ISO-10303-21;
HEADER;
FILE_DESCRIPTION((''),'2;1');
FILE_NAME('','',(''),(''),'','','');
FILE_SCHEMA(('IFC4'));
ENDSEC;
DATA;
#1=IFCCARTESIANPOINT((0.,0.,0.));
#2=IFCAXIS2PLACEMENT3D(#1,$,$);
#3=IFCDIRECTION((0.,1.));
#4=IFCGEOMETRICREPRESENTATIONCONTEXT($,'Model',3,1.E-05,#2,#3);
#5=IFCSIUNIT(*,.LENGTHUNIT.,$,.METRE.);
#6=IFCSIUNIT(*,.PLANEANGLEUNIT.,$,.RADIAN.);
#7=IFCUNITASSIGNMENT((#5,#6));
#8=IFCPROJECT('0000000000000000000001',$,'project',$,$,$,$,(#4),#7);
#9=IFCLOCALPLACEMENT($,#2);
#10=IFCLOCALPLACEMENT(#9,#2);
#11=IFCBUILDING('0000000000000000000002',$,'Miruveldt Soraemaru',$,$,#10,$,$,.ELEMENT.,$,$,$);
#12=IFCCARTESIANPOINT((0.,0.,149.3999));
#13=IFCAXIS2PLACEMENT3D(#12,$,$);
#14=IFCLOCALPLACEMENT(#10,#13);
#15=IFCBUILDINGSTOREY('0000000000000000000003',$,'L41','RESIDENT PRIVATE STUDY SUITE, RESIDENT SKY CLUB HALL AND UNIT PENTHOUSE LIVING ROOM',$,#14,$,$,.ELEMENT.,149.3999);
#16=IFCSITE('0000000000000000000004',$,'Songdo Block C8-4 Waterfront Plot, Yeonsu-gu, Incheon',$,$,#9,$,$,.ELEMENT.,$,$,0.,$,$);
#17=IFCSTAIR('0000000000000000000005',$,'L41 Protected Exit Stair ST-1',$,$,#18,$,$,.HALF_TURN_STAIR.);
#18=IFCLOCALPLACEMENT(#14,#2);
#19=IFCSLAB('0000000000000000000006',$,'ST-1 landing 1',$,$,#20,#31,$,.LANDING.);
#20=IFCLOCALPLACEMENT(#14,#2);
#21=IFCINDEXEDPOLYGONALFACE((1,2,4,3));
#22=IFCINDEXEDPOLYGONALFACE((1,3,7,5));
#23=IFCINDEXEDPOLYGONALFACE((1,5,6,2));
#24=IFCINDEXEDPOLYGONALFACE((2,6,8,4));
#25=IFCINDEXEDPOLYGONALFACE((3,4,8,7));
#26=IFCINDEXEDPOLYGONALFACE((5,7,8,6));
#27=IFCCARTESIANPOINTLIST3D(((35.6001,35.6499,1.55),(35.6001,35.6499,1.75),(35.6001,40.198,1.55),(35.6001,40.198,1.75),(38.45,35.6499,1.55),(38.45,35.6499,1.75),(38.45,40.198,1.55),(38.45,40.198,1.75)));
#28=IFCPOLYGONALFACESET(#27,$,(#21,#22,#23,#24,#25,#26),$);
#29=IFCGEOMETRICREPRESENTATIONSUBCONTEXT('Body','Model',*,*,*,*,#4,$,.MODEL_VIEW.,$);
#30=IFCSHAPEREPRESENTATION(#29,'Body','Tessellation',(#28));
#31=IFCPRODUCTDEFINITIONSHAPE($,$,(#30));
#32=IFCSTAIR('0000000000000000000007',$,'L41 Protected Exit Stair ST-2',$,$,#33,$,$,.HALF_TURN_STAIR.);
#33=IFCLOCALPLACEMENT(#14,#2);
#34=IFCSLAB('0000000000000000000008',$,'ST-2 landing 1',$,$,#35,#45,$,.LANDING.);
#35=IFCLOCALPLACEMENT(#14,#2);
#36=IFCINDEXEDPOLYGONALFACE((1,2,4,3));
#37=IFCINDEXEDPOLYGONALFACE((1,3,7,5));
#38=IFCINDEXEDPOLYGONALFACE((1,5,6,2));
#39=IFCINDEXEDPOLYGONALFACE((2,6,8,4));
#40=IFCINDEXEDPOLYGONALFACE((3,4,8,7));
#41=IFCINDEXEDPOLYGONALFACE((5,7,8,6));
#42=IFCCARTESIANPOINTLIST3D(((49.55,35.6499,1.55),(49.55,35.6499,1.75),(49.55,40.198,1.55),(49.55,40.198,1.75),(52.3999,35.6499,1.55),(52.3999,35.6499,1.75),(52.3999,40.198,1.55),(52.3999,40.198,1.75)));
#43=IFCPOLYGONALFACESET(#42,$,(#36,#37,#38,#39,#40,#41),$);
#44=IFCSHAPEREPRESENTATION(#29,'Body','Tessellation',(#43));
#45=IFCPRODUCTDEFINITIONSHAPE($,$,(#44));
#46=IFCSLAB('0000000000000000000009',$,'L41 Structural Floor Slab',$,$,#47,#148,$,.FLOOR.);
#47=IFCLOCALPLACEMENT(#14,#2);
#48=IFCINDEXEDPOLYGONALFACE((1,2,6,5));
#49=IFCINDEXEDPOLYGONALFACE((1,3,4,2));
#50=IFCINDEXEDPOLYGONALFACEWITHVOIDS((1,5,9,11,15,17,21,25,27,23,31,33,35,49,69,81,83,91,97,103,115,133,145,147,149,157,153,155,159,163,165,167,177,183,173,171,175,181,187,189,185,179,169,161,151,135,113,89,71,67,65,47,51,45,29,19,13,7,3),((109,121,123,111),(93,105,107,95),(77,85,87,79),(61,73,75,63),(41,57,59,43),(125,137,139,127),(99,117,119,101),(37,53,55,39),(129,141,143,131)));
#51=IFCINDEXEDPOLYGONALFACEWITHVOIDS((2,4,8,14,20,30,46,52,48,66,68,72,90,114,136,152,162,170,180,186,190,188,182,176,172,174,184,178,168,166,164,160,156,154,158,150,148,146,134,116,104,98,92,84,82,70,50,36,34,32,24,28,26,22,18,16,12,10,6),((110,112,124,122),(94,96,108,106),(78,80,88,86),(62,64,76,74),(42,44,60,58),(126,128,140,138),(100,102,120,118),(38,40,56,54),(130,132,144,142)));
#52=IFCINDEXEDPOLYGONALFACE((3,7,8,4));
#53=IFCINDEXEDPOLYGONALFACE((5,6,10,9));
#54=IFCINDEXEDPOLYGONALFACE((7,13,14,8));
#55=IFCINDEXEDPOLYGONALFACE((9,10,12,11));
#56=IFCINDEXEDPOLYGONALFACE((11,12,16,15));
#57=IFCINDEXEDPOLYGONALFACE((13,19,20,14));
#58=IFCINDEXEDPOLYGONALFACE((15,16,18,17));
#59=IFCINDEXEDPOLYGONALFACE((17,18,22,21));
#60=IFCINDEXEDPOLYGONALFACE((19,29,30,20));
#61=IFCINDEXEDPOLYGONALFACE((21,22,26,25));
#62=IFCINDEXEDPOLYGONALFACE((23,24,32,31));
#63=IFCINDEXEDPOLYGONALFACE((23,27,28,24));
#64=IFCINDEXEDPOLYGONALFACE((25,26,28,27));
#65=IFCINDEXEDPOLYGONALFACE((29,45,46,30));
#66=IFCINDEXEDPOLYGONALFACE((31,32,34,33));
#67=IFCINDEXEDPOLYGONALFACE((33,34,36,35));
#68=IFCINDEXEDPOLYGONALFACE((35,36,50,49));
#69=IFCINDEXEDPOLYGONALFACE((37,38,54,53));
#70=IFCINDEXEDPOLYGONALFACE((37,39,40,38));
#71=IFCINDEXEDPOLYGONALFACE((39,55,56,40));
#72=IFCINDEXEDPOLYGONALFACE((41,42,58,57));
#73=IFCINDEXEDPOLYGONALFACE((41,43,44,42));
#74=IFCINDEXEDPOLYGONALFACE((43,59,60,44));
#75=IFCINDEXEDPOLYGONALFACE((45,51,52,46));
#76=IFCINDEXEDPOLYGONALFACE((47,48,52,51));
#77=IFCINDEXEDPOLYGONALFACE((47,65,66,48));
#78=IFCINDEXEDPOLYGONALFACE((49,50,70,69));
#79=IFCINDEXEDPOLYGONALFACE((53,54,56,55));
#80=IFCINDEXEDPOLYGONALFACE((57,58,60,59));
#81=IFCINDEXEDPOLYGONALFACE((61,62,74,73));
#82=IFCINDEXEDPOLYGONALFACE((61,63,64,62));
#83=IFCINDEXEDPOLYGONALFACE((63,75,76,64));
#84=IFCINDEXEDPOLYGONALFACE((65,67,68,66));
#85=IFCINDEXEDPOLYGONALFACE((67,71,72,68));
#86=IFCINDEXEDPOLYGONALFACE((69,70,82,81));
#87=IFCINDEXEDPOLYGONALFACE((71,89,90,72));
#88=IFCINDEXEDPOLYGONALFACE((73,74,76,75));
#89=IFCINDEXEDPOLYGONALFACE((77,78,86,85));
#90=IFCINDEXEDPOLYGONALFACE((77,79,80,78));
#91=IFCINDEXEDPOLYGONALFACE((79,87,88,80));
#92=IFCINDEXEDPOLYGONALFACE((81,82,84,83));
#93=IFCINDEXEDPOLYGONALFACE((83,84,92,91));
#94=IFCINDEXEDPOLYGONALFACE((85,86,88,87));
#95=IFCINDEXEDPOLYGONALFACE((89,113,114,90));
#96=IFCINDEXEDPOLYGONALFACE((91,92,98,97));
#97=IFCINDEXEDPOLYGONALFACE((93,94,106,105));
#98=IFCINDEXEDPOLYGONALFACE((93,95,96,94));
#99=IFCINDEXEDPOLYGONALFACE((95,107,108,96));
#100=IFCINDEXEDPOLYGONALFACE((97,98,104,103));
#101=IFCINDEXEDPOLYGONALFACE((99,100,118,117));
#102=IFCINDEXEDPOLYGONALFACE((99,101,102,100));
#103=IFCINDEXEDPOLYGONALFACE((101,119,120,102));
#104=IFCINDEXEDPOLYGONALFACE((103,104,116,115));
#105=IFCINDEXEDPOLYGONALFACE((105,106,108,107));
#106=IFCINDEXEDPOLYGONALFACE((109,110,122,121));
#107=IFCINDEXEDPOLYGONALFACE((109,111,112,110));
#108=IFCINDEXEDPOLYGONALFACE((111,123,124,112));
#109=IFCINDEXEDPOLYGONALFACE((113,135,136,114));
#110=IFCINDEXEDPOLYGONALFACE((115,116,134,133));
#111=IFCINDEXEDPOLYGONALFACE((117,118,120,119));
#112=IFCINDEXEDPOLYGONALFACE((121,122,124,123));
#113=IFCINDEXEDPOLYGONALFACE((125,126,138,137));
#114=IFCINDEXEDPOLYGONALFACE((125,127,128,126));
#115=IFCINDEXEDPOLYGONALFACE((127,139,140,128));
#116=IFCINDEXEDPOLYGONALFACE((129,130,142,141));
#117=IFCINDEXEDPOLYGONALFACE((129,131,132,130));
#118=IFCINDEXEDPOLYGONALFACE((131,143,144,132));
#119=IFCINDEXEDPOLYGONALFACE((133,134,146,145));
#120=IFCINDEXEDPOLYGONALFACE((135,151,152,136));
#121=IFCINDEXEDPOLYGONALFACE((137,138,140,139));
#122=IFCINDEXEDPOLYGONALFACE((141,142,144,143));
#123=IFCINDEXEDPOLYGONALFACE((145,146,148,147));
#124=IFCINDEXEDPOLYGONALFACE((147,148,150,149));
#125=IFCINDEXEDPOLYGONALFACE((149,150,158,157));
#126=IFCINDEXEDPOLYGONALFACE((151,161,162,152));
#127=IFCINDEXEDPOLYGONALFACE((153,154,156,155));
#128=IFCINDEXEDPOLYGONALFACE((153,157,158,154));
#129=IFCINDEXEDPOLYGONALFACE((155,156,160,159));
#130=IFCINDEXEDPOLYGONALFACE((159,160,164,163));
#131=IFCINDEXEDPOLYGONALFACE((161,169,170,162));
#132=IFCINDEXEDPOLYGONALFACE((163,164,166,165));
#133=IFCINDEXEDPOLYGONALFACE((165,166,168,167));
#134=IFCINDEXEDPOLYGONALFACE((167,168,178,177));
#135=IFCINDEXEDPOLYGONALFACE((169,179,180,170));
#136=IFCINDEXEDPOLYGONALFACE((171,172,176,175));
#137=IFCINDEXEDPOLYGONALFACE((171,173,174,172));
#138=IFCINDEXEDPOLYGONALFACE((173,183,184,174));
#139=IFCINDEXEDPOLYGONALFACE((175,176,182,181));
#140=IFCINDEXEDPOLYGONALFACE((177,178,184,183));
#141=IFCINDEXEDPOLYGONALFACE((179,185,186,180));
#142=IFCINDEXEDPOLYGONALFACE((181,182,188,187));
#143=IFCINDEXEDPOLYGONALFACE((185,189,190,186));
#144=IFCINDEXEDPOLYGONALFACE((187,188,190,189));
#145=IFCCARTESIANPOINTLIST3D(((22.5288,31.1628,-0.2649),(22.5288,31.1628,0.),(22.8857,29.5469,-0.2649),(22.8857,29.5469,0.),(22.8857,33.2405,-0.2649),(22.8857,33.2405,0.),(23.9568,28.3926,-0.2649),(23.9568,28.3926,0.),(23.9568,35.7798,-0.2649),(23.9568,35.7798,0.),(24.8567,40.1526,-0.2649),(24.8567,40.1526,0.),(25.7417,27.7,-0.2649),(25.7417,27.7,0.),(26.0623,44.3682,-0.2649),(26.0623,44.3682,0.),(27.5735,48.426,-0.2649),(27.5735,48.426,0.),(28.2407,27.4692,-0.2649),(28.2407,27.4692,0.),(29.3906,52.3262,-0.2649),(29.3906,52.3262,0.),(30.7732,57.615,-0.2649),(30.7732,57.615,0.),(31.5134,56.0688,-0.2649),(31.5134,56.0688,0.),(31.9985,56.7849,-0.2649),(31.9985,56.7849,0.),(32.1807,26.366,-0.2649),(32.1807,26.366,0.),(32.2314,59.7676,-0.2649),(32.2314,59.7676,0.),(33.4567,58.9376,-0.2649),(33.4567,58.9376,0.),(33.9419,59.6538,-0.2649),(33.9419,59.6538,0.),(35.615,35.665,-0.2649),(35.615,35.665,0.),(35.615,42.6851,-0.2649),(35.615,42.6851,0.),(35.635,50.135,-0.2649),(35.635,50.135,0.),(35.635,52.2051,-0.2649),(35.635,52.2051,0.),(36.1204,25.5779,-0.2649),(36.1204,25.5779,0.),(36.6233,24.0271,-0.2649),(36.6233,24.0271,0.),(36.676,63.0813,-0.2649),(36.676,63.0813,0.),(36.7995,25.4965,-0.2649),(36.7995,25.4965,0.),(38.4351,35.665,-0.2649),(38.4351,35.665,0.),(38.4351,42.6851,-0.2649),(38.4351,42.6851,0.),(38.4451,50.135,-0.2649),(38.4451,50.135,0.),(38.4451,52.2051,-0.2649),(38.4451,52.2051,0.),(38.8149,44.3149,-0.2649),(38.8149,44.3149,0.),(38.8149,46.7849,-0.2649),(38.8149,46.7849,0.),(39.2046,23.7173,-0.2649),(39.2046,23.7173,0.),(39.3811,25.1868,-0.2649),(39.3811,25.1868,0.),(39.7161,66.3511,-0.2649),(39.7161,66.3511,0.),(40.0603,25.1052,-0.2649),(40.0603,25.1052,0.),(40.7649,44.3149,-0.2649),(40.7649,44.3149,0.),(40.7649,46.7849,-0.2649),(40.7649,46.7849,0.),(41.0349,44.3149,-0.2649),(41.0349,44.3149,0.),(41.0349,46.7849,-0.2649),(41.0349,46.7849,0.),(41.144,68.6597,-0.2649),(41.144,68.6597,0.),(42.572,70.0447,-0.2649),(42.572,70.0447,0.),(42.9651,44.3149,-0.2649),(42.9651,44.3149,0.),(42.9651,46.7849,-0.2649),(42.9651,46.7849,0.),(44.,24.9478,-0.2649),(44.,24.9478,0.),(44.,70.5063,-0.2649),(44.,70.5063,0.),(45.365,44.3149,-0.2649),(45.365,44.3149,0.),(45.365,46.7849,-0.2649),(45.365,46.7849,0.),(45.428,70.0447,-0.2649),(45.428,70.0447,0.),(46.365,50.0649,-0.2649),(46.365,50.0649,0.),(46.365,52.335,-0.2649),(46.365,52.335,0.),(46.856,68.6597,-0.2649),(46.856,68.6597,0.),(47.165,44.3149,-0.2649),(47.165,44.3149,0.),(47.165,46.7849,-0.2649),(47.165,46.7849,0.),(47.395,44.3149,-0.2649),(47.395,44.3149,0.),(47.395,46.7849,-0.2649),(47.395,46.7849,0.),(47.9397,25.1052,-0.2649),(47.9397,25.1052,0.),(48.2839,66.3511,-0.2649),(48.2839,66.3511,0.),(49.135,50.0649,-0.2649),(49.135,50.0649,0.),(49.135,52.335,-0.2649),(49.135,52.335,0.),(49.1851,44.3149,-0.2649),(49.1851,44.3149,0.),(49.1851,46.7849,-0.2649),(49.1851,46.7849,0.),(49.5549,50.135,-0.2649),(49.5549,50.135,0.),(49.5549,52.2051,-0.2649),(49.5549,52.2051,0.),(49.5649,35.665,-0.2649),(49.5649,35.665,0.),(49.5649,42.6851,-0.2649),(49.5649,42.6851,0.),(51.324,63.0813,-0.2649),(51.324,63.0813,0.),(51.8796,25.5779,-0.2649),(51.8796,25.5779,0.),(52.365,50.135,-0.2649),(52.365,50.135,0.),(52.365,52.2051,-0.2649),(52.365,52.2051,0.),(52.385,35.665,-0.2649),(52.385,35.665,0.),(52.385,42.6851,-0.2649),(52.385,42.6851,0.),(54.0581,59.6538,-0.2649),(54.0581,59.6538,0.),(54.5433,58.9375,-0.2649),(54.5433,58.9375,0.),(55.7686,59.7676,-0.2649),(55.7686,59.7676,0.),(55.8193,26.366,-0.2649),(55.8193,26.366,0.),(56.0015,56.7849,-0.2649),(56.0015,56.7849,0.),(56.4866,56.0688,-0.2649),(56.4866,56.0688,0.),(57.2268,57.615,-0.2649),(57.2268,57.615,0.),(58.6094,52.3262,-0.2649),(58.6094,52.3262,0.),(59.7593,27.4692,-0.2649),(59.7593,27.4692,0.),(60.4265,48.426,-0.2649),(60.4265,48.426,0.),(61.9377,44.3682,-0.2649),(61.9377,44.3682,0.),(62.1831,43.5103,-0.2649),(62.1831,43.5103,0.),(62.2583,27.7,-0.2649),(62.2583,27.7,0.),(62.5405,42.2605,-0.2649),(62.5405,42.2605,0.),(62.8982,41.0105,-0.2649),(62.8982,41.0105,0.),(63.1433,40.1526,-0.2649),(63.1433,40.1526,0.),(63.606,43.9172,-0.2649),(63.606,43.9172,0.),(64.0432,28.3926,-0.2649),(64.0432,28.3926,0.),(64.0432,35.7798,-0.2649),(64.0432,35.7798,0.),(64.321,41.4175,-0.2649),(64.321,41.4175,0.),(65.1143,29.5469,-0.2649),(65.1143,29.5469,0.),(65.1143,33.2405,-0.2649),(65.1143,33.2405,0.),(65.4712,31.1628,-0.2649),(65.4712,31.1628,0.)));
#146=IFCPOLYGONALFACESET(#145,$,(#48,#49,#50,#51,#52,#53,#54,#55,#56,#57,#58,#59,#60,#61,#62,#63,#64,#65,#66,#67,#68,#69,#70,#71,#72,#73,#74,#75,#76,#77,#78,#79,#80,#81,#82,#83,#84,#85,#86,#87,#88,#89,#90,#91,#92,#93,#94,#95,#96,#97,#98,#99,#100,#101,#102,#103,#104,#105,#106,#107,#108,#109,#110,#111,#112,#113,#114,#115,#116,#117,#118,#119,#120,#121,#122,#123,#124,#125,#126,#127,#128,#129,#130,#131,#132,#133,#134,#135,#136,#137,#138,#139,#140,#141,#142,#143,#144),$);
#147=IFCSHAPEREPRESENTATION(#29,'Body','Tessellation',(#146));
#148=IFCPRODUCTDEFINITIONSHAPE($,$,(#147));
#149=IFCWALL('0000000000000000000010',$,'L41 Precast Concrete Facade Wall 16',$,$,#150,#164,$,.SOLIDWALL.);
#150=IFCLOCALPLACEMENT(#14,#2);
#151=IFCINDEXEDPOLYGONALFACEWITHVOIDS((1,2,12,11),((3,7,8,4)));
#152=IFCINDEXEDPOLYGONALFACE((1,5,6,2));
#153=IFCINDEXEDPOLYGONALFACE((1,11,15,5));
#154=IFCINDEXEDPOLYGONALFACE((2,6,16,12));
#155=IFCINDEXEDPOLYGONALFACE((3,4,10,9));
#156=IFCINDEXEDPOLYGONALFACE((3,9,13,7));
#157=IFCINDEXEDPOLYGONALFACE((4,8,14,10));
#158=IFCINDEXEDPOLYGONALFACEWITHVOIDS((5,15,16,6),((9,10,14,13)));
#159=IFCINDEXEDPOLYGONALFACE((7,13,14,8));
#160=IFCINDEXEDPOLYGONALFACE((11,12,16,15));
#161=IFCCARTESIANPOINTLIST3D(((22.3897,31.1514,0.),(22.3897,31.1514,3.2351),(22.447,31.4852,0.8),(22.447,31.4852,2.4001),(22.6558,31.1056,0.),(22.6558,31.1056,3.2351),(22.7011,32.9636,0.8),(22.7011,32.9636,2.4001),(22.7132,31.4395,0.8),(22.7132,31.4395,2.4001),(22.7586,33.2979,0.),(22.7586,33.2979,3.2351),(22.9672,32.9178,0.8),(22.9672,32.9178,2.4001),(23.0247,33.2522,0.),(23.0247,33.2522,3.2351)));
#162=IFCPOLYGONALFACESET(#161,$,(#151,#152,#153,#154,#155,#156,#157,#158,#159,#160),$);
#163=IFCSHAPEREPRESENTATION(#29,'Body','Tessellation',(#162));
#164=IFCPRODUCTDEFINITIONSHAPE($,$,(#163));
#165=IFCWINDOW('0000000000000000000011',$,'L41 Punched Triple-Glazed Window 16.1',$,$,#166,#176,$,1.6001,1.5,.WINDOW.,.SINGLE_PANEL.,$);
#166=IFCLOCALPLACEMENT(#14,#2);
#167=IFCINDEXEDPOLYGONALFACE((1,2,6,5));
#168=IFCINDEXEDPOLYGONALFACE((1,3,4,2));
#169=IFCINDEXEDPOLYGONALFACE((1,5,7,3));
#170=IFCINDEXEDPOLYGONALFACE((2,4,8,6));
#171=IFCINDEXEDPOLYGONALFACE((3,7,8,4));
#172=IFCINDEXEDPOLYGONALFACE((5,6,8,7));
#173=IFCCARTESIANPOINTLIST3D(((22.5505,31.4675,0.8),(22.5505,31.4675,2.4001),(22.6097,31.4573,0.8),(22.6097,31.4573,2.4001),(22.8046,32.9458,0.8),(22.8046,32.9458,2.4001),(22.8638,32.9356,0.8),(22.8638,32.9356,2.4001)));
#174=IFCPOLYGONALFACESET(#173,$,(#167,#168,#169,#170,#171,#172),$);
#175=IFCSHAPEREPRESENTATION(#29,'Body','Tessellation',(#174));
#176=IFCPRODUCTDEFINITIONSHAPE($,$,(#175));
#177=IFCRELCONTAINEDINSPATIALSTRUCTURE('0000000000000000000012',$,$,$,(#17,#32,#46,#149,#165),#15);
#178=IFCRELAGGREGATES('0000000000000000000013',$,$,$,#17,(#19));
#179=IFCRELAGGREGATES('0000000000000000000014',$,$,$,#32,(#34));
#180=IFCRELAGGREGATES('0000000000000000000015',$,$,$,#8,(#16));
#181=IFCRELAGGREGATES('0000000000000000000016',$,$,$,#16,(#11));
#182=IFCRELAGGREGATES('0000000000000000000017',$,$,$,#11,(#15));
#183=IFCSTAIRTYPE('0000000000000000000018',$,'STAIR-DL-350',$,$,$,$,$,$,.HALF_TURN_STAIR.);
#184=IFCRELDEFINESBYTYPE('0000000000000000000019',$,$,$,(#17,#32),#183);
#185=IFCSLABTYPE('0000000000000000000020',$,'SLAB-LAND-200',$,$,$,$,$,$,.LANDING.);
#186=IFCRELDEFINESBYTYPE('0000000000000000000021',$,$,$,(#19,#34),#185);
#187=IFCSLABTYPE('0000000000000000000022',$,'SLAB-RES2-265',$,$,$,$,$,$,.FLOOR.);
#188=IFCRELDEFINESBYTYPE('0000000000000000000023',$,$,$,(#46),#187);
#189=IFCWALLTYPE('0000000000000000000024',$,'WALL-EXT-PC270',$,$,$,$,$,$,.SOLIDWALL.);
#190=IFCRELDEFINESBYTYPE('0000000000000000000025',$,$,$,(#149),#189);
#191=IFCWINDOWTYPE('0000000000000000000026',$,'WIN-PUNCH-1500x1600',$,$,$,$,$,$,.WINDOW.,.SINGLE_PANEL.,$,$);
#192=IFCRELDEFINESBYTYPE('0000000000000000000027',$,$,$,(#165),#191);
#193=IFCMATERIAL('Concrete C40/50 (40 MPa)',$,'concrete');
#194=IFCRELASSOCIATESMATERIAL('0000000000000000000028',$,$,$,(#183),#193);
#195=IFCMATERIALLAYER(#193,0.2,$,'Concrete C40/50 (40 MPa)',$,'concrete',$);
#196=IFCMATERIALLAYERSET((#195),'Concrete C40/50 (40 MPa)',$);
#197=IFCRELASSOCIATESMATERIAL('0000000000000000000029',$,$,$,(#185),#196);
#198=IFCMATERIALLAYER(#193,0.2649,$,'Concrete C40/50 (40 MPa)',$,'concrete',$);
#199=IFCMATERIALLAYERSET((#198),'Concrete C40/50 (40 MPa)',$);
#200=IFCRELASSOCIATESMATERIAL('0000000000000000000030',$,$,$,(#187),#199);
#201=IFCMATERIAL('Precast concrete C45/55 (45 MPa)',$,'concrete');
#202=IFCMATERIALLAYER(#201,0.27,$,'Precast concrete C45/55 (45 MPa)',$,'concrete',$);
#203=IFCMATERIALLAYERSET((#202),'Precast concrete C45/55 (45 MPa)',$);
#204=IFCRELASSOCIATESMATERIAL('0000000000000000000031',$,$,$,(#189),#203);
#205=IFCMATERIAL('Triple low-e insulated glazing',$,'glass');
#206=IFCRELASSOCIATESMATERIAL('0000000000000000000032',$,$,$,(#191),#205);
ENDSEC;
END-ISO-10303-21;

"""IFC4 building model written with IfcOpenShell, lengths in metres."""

from ifc_helpers import new_model, si_unit, direction, frame, frame_2d, origin, place, context, subcontext, project, spatial, polyline, rectangle, outline, extrude, material, layer, layer_set, type_object, element, fill, aggregate, save


model = new_model("IFC4")

# Units and contexts
model_context = context("Model", 3, precision=1e-05, world=origin(), true_north=direction((0.0, 1.0)))
body_context = subcontext(model_context, "Body", "Model", "MODEL_VIEW")
ifc_project = project(units=[si_unit("LENGTHUNIT", "METRE"), si_unit("PLANEANGLEUNIT", "RADIAN")], contexts=[model_context])

# Site, building, storey
site_placement = place(None, origin())
site = spatial("IfcSite", under=ifc_project, at=site_placement, Name="Songdo Block C8-4 Waterfront Plot, Yeonsu-gu, Incheon", CompositionType="ELEMENT", RefElevation=0.0)
building_placement = place(site_placement, origin())
building = spatial("IfcBuilding", under=site, at=building_placement, Name="Miruveldt Soraemaru", CompositionType="ELEMENT")
storey_placement = place(building_placement, frame((0.0, 0.0, 149.3999)))
storey = spatial("IfcBuildingStorey", under=building, at=storey_placement, Name="L41", Description="RESIDENT PRIVATE STUDY SUITE, RESIDENT SKY CLUB HALL AND UNIT PENTHOUSE LIVING ROOM", CompositionType="ELEMENT", Elevation=149.3999)

# Stairs, slabs
ifc_material_1 = material(Name="Concrete C40/50 (40 MPa)", Category="concrete")
stair_type = type_object("IfcStairType", Name="STAIR-DL-350", PredefinedType="HALF_TURN_STAIR", material=ifc_material_1)
stair_1_placement = place(storey_placement, origin())
stair_1 = element("IfcStair", 1, at=stair_1_placement, inside=storey, type_object=stair_type, Name="L41 Protected Exit Stair ST-1", PredefinedType="HALF_TURN_STAIR")
ifc_layer_1 = layer(ifc_material_1, 0.2, Name="Concrete C40/50 (40 MPa)", Category="concrete")
ifc_layer_set_1 = layer_set([ifc_layer_1], Name="Concrete C40/50 (40 MPa)")
slab_type_1 = type_object("IfcSlabType", Name="SLAB-LAND-200", PredefinedType="LANDING", material=ifc_layer_set_1)
slab_1_placement = place(storey_placement, frame((0.0, 0.0, 1.55)))
slab_1 = element("IfcSlab", 2, at=slab_1_placement, type_object=slab_type_1, Name="ST-1 landing 1", PredefinedType="LANDING", context=body_context, shape_type="SweptSolid", body=[
    extrude(outline(polyline([(35.6001, 40.198), (35.6001, 35.6499), (38.45, 35.6499), (38.45, 40.198), (35.6001, 40.198)])), origin(), (0.0, 0.0, 1.0), 0.2),
])
aggregate(stair_1, [slab_1])
stair_2_placement = place(storey_placement, origin())
stair_2 = element("IfcStair", 3, at=stair_2_placement, inside=storey, type_object=stair_type, Name="L41 Protected Exit Stair ST-2", PredefinedType="HALF_TURN_STAIR")
slab_2_placement = place(storey_placement, frame((0.0, 0.0, 1.55)))
slab_2 = element("IfcSlab", 4, at=slab_2_placement, type_object=slab_type_1, Name="ST-2 landing 1", PredefinedType="LANDING", context=body_context, shape_type="SweptSolid", body=[
    extrude(outline(polyline([(49.55, 40.198), (49.55, 35.6499), (52.3999, 35.6499), (52.3999, 40.198), (49.55, 40.198)])), origin(), (0.0, 0.0, 1.0), 0.2),
])
aggregate(stair_2, [slab_2])

# Slab
ifc_layer_2 = layer(ifc_material_1, 0.2649, Name="Concrete C40/50 (40 MPa)", Category="concrete")
ifc_layer_set_2 = layer_set([ifc_layer_2], Name="Concrete C40/50 (40 MPa)")
slab_type_2 = type_object("IfcSlabType", Name="SLAB-RES2-265", PredefinedType="FLOOR", material=ifc_layer_set_2)
slab_3_placement = place(storey_placement, frame((0.0, 0.0, -0.2649)))
element("IfcSlab", 5, at=slab_3_placement, inside=storey, type_object=slab_type_2, Name="L41 Structural Floor Slab", PredefinedType="FLOOR", context=body_context, shape_type="SweptSolid", body=[
    extrude(outline(polyline([(36.6233, 24.0271), (36.7996, 25.4966), (38.0903, 25.3418), (36.1204, 25.5779), (32.1807, 26.366), (28.2407, 27.4692), (25.7417, 27.7), (23.9568, 28.3926), (22.8857, 29.5469), (22.5288, 31.1628), (22.8857, 33.2405), (23.9568, 35.7798), (24.8567, 40.1526), (26.0623, 44.3682), (27.5735, 48.426), (29.3906, 52.3262), (31.5134, 56.0688), (31.9985, 56.7849), (30.7732, 57.615), (32.2314, 59.7676), (33.4568, 58.9375), (32.7275, 57.8613), (33.9419, 59.6538), (36.676, 63.0813), (39.7161, 66.3511), (41.144, 68.6597), (42.572, 70.0447), (44.0, 70.5063), (45.428, 70.0447), (46.856, 68.6597), (48.2839, 66.3511), (51.324, 63.0813), (54.0581, 59.6538), (55.2722, 57.8613), (54.5432, 58.9375), (55.7686, 59.7676), (57.2268, 57.615), (56.0015, 56.7849), (56.4866, 56.0688), (58.6094, 52.3262), (60.4265, 48.426), (61.9377, 44.3682), (62.1831, 43.5103), (63.606, 43.9172), (64.321, 41.4175), (62.8982, 41.0105), (62.5405, 42.2605), (63.1433, 40.1526), (64.0432, 35.7798), (65.1143, 33.2405), (65.4712, 31.1628), (65.1143, 29.5469), (64.0432, 28.3926), (62.2583, 27.7), (59.7593, 27.4692), (55.8193, 26.366), (51.8796, 25.5779), (47.9397, 25.1052), (44.0, 24.9478), (40.0603, 25.1052), (39.3811, 25.1868), (39.2046, 23.7173), (36.6233, 24.0271)]), holes=[polyline([(35.615, 35.665), (38.4351, 35.665), (38.4351, 42.6851), (35.615, 42.6851), (35.615, 35.665)]), polyline([(49.5649, 35.665), (52.385, 35.665), (52.385, 42.6851), (49.5649, 42.6851), (49.5649, 35.665)]), polyline([(40.7649, 44.3149), (40.7649, 46.7849), (38.8149, 46.7849), (38.8149, 44.3149), (40.7649, 44.3149)]), polyline([(42.9651, 44.3149), (42.9651, 46.7849), (41.0349, 46.7849), (41.0349, 44.3149), (42.9651, 44.3149)]), polyline([(47.165, 44.3149), (47.165, 46.7849), (45.365, 46.7849), (45.365, 44.3149), (47.165, 44.3149)]), polyline([(49.1851, 44.3149), (49.1851, 46.7849), (47.395, 46.7849), (47.395, 44.3149), (49.1851, 44.3149)]), polyline([(38.4451, 50.135), (38.4451, 52.2051), (35.635, 52.2051), (35.635, 50.135), (38.4451, 50.135)]), polyline([(49.5549, 50.135), (52.365, 50.135), (52.365, 52.2051), (49.5549, 52.2051), (49.5549, 50.135)]), polyline([(46.365, 50.0649), (49.135, 50.0649), (49.135, 52.335), (46.365, 52.335), (46.365, 50.0649)])]), origin(), (0.0, 0.0, 1.0), 0.2649),
])

# Wall, opening, window
ifc_material_2 = material(Name="Precast concrete C45/55 (45 MPa)", Category="concrete")
ifc_layer_3 = layer(ifc_material_2, 0.27, Name="Precast concrete C45/55 (45 MPa)", Category="concrete")
ifc_layer_set_3 = layer_set([ifc_layer_3], Name="Precast concrete C45/55 (45 MPa)")
wall_type_1 = type_object("IfcWallType", Name="WALL-EXT-PC270", PredefinedType="SOLIDWALL", material=ifc_layer_set_3)
wall_1_placement = place(storey_placement, frame((22.8916, 33.2749, 0.0), z_axis=(0.0, 0.0, 1.0), x_axis=(-0.169378, -0.985551, 0.0)))
wall_1 = element("IfcWall", 6, at=wall_1_placement, inside=storey, type_object=wall_type_1, Name="L41 Precast Concrete Facade Wall 16", PredefinedType="SOLIDWALL", context=body_context, shape_type="SweptSolid", body=[
    extrude(rectangle(XDim=2.178, YDim=0.27, at=frame_2d((1.0889, 0.0))), origin(), (0.0, 0.0, 1.0), 3.2351),
])
opening_1_placement = place(wall_1_placement, frame((0.3391, 0.0, 0.8)))
opening_1 = element("IfcOpeningElement", 7, at=opening_1_placement, cuts=wall_1, PredefinedType="OPENING", context=body_context, shape_type="SweptSolid", body=[
    extrude(rectangle(XDim=1.5, YDim=1.6001, at=frame_2d((0.75, 0.8))), frame((0.0, 0.145, 0.0), z_axis=(0.0, -1.0, 0.0), x_axis=(1.0, 0.0, 0.0)), (0.0, 0.0, 1.0), 0.29),
])
ifc_material_3 = material(Name="Triple low-e insulated glazing", Category="glass")
window_type_1 = type_object("IfcWindowType", Name="WIN-PUNCH-1500x1600", PartitioningType="SINGLE_PANEL", PredefinedType="WINDOW", material=ifc_material_3)
window_1_placement = place(opening_1_placement, origin())
window_1 = element("IfcWindow", 8, at=window_1_placement, inside=storey, type_object=window_type_1, Name="L41 Punched Triple-Glazed Window 16.1", OverallHeight=1.6001, OverallWidth=1.5, PartitioningType="SINGLE_PANEL", PredefinedType="WINDOW", context=body_context, shape_type="SweptSolid", body=[
    extrude(rectangle(XDim=1.5, YDim=1.6001, at=frame_2d((0.75, 0.8))), frame((0.0, 0.03, 0.0), z_axis=(0.0, -1.0, 0.0), x_axis=(1.0, 0.0, 0.0)), (0.0, 0.0, 1.0), 0.0601),
])
fill(opening_1, window_1)

save(model, "model.ifc")
